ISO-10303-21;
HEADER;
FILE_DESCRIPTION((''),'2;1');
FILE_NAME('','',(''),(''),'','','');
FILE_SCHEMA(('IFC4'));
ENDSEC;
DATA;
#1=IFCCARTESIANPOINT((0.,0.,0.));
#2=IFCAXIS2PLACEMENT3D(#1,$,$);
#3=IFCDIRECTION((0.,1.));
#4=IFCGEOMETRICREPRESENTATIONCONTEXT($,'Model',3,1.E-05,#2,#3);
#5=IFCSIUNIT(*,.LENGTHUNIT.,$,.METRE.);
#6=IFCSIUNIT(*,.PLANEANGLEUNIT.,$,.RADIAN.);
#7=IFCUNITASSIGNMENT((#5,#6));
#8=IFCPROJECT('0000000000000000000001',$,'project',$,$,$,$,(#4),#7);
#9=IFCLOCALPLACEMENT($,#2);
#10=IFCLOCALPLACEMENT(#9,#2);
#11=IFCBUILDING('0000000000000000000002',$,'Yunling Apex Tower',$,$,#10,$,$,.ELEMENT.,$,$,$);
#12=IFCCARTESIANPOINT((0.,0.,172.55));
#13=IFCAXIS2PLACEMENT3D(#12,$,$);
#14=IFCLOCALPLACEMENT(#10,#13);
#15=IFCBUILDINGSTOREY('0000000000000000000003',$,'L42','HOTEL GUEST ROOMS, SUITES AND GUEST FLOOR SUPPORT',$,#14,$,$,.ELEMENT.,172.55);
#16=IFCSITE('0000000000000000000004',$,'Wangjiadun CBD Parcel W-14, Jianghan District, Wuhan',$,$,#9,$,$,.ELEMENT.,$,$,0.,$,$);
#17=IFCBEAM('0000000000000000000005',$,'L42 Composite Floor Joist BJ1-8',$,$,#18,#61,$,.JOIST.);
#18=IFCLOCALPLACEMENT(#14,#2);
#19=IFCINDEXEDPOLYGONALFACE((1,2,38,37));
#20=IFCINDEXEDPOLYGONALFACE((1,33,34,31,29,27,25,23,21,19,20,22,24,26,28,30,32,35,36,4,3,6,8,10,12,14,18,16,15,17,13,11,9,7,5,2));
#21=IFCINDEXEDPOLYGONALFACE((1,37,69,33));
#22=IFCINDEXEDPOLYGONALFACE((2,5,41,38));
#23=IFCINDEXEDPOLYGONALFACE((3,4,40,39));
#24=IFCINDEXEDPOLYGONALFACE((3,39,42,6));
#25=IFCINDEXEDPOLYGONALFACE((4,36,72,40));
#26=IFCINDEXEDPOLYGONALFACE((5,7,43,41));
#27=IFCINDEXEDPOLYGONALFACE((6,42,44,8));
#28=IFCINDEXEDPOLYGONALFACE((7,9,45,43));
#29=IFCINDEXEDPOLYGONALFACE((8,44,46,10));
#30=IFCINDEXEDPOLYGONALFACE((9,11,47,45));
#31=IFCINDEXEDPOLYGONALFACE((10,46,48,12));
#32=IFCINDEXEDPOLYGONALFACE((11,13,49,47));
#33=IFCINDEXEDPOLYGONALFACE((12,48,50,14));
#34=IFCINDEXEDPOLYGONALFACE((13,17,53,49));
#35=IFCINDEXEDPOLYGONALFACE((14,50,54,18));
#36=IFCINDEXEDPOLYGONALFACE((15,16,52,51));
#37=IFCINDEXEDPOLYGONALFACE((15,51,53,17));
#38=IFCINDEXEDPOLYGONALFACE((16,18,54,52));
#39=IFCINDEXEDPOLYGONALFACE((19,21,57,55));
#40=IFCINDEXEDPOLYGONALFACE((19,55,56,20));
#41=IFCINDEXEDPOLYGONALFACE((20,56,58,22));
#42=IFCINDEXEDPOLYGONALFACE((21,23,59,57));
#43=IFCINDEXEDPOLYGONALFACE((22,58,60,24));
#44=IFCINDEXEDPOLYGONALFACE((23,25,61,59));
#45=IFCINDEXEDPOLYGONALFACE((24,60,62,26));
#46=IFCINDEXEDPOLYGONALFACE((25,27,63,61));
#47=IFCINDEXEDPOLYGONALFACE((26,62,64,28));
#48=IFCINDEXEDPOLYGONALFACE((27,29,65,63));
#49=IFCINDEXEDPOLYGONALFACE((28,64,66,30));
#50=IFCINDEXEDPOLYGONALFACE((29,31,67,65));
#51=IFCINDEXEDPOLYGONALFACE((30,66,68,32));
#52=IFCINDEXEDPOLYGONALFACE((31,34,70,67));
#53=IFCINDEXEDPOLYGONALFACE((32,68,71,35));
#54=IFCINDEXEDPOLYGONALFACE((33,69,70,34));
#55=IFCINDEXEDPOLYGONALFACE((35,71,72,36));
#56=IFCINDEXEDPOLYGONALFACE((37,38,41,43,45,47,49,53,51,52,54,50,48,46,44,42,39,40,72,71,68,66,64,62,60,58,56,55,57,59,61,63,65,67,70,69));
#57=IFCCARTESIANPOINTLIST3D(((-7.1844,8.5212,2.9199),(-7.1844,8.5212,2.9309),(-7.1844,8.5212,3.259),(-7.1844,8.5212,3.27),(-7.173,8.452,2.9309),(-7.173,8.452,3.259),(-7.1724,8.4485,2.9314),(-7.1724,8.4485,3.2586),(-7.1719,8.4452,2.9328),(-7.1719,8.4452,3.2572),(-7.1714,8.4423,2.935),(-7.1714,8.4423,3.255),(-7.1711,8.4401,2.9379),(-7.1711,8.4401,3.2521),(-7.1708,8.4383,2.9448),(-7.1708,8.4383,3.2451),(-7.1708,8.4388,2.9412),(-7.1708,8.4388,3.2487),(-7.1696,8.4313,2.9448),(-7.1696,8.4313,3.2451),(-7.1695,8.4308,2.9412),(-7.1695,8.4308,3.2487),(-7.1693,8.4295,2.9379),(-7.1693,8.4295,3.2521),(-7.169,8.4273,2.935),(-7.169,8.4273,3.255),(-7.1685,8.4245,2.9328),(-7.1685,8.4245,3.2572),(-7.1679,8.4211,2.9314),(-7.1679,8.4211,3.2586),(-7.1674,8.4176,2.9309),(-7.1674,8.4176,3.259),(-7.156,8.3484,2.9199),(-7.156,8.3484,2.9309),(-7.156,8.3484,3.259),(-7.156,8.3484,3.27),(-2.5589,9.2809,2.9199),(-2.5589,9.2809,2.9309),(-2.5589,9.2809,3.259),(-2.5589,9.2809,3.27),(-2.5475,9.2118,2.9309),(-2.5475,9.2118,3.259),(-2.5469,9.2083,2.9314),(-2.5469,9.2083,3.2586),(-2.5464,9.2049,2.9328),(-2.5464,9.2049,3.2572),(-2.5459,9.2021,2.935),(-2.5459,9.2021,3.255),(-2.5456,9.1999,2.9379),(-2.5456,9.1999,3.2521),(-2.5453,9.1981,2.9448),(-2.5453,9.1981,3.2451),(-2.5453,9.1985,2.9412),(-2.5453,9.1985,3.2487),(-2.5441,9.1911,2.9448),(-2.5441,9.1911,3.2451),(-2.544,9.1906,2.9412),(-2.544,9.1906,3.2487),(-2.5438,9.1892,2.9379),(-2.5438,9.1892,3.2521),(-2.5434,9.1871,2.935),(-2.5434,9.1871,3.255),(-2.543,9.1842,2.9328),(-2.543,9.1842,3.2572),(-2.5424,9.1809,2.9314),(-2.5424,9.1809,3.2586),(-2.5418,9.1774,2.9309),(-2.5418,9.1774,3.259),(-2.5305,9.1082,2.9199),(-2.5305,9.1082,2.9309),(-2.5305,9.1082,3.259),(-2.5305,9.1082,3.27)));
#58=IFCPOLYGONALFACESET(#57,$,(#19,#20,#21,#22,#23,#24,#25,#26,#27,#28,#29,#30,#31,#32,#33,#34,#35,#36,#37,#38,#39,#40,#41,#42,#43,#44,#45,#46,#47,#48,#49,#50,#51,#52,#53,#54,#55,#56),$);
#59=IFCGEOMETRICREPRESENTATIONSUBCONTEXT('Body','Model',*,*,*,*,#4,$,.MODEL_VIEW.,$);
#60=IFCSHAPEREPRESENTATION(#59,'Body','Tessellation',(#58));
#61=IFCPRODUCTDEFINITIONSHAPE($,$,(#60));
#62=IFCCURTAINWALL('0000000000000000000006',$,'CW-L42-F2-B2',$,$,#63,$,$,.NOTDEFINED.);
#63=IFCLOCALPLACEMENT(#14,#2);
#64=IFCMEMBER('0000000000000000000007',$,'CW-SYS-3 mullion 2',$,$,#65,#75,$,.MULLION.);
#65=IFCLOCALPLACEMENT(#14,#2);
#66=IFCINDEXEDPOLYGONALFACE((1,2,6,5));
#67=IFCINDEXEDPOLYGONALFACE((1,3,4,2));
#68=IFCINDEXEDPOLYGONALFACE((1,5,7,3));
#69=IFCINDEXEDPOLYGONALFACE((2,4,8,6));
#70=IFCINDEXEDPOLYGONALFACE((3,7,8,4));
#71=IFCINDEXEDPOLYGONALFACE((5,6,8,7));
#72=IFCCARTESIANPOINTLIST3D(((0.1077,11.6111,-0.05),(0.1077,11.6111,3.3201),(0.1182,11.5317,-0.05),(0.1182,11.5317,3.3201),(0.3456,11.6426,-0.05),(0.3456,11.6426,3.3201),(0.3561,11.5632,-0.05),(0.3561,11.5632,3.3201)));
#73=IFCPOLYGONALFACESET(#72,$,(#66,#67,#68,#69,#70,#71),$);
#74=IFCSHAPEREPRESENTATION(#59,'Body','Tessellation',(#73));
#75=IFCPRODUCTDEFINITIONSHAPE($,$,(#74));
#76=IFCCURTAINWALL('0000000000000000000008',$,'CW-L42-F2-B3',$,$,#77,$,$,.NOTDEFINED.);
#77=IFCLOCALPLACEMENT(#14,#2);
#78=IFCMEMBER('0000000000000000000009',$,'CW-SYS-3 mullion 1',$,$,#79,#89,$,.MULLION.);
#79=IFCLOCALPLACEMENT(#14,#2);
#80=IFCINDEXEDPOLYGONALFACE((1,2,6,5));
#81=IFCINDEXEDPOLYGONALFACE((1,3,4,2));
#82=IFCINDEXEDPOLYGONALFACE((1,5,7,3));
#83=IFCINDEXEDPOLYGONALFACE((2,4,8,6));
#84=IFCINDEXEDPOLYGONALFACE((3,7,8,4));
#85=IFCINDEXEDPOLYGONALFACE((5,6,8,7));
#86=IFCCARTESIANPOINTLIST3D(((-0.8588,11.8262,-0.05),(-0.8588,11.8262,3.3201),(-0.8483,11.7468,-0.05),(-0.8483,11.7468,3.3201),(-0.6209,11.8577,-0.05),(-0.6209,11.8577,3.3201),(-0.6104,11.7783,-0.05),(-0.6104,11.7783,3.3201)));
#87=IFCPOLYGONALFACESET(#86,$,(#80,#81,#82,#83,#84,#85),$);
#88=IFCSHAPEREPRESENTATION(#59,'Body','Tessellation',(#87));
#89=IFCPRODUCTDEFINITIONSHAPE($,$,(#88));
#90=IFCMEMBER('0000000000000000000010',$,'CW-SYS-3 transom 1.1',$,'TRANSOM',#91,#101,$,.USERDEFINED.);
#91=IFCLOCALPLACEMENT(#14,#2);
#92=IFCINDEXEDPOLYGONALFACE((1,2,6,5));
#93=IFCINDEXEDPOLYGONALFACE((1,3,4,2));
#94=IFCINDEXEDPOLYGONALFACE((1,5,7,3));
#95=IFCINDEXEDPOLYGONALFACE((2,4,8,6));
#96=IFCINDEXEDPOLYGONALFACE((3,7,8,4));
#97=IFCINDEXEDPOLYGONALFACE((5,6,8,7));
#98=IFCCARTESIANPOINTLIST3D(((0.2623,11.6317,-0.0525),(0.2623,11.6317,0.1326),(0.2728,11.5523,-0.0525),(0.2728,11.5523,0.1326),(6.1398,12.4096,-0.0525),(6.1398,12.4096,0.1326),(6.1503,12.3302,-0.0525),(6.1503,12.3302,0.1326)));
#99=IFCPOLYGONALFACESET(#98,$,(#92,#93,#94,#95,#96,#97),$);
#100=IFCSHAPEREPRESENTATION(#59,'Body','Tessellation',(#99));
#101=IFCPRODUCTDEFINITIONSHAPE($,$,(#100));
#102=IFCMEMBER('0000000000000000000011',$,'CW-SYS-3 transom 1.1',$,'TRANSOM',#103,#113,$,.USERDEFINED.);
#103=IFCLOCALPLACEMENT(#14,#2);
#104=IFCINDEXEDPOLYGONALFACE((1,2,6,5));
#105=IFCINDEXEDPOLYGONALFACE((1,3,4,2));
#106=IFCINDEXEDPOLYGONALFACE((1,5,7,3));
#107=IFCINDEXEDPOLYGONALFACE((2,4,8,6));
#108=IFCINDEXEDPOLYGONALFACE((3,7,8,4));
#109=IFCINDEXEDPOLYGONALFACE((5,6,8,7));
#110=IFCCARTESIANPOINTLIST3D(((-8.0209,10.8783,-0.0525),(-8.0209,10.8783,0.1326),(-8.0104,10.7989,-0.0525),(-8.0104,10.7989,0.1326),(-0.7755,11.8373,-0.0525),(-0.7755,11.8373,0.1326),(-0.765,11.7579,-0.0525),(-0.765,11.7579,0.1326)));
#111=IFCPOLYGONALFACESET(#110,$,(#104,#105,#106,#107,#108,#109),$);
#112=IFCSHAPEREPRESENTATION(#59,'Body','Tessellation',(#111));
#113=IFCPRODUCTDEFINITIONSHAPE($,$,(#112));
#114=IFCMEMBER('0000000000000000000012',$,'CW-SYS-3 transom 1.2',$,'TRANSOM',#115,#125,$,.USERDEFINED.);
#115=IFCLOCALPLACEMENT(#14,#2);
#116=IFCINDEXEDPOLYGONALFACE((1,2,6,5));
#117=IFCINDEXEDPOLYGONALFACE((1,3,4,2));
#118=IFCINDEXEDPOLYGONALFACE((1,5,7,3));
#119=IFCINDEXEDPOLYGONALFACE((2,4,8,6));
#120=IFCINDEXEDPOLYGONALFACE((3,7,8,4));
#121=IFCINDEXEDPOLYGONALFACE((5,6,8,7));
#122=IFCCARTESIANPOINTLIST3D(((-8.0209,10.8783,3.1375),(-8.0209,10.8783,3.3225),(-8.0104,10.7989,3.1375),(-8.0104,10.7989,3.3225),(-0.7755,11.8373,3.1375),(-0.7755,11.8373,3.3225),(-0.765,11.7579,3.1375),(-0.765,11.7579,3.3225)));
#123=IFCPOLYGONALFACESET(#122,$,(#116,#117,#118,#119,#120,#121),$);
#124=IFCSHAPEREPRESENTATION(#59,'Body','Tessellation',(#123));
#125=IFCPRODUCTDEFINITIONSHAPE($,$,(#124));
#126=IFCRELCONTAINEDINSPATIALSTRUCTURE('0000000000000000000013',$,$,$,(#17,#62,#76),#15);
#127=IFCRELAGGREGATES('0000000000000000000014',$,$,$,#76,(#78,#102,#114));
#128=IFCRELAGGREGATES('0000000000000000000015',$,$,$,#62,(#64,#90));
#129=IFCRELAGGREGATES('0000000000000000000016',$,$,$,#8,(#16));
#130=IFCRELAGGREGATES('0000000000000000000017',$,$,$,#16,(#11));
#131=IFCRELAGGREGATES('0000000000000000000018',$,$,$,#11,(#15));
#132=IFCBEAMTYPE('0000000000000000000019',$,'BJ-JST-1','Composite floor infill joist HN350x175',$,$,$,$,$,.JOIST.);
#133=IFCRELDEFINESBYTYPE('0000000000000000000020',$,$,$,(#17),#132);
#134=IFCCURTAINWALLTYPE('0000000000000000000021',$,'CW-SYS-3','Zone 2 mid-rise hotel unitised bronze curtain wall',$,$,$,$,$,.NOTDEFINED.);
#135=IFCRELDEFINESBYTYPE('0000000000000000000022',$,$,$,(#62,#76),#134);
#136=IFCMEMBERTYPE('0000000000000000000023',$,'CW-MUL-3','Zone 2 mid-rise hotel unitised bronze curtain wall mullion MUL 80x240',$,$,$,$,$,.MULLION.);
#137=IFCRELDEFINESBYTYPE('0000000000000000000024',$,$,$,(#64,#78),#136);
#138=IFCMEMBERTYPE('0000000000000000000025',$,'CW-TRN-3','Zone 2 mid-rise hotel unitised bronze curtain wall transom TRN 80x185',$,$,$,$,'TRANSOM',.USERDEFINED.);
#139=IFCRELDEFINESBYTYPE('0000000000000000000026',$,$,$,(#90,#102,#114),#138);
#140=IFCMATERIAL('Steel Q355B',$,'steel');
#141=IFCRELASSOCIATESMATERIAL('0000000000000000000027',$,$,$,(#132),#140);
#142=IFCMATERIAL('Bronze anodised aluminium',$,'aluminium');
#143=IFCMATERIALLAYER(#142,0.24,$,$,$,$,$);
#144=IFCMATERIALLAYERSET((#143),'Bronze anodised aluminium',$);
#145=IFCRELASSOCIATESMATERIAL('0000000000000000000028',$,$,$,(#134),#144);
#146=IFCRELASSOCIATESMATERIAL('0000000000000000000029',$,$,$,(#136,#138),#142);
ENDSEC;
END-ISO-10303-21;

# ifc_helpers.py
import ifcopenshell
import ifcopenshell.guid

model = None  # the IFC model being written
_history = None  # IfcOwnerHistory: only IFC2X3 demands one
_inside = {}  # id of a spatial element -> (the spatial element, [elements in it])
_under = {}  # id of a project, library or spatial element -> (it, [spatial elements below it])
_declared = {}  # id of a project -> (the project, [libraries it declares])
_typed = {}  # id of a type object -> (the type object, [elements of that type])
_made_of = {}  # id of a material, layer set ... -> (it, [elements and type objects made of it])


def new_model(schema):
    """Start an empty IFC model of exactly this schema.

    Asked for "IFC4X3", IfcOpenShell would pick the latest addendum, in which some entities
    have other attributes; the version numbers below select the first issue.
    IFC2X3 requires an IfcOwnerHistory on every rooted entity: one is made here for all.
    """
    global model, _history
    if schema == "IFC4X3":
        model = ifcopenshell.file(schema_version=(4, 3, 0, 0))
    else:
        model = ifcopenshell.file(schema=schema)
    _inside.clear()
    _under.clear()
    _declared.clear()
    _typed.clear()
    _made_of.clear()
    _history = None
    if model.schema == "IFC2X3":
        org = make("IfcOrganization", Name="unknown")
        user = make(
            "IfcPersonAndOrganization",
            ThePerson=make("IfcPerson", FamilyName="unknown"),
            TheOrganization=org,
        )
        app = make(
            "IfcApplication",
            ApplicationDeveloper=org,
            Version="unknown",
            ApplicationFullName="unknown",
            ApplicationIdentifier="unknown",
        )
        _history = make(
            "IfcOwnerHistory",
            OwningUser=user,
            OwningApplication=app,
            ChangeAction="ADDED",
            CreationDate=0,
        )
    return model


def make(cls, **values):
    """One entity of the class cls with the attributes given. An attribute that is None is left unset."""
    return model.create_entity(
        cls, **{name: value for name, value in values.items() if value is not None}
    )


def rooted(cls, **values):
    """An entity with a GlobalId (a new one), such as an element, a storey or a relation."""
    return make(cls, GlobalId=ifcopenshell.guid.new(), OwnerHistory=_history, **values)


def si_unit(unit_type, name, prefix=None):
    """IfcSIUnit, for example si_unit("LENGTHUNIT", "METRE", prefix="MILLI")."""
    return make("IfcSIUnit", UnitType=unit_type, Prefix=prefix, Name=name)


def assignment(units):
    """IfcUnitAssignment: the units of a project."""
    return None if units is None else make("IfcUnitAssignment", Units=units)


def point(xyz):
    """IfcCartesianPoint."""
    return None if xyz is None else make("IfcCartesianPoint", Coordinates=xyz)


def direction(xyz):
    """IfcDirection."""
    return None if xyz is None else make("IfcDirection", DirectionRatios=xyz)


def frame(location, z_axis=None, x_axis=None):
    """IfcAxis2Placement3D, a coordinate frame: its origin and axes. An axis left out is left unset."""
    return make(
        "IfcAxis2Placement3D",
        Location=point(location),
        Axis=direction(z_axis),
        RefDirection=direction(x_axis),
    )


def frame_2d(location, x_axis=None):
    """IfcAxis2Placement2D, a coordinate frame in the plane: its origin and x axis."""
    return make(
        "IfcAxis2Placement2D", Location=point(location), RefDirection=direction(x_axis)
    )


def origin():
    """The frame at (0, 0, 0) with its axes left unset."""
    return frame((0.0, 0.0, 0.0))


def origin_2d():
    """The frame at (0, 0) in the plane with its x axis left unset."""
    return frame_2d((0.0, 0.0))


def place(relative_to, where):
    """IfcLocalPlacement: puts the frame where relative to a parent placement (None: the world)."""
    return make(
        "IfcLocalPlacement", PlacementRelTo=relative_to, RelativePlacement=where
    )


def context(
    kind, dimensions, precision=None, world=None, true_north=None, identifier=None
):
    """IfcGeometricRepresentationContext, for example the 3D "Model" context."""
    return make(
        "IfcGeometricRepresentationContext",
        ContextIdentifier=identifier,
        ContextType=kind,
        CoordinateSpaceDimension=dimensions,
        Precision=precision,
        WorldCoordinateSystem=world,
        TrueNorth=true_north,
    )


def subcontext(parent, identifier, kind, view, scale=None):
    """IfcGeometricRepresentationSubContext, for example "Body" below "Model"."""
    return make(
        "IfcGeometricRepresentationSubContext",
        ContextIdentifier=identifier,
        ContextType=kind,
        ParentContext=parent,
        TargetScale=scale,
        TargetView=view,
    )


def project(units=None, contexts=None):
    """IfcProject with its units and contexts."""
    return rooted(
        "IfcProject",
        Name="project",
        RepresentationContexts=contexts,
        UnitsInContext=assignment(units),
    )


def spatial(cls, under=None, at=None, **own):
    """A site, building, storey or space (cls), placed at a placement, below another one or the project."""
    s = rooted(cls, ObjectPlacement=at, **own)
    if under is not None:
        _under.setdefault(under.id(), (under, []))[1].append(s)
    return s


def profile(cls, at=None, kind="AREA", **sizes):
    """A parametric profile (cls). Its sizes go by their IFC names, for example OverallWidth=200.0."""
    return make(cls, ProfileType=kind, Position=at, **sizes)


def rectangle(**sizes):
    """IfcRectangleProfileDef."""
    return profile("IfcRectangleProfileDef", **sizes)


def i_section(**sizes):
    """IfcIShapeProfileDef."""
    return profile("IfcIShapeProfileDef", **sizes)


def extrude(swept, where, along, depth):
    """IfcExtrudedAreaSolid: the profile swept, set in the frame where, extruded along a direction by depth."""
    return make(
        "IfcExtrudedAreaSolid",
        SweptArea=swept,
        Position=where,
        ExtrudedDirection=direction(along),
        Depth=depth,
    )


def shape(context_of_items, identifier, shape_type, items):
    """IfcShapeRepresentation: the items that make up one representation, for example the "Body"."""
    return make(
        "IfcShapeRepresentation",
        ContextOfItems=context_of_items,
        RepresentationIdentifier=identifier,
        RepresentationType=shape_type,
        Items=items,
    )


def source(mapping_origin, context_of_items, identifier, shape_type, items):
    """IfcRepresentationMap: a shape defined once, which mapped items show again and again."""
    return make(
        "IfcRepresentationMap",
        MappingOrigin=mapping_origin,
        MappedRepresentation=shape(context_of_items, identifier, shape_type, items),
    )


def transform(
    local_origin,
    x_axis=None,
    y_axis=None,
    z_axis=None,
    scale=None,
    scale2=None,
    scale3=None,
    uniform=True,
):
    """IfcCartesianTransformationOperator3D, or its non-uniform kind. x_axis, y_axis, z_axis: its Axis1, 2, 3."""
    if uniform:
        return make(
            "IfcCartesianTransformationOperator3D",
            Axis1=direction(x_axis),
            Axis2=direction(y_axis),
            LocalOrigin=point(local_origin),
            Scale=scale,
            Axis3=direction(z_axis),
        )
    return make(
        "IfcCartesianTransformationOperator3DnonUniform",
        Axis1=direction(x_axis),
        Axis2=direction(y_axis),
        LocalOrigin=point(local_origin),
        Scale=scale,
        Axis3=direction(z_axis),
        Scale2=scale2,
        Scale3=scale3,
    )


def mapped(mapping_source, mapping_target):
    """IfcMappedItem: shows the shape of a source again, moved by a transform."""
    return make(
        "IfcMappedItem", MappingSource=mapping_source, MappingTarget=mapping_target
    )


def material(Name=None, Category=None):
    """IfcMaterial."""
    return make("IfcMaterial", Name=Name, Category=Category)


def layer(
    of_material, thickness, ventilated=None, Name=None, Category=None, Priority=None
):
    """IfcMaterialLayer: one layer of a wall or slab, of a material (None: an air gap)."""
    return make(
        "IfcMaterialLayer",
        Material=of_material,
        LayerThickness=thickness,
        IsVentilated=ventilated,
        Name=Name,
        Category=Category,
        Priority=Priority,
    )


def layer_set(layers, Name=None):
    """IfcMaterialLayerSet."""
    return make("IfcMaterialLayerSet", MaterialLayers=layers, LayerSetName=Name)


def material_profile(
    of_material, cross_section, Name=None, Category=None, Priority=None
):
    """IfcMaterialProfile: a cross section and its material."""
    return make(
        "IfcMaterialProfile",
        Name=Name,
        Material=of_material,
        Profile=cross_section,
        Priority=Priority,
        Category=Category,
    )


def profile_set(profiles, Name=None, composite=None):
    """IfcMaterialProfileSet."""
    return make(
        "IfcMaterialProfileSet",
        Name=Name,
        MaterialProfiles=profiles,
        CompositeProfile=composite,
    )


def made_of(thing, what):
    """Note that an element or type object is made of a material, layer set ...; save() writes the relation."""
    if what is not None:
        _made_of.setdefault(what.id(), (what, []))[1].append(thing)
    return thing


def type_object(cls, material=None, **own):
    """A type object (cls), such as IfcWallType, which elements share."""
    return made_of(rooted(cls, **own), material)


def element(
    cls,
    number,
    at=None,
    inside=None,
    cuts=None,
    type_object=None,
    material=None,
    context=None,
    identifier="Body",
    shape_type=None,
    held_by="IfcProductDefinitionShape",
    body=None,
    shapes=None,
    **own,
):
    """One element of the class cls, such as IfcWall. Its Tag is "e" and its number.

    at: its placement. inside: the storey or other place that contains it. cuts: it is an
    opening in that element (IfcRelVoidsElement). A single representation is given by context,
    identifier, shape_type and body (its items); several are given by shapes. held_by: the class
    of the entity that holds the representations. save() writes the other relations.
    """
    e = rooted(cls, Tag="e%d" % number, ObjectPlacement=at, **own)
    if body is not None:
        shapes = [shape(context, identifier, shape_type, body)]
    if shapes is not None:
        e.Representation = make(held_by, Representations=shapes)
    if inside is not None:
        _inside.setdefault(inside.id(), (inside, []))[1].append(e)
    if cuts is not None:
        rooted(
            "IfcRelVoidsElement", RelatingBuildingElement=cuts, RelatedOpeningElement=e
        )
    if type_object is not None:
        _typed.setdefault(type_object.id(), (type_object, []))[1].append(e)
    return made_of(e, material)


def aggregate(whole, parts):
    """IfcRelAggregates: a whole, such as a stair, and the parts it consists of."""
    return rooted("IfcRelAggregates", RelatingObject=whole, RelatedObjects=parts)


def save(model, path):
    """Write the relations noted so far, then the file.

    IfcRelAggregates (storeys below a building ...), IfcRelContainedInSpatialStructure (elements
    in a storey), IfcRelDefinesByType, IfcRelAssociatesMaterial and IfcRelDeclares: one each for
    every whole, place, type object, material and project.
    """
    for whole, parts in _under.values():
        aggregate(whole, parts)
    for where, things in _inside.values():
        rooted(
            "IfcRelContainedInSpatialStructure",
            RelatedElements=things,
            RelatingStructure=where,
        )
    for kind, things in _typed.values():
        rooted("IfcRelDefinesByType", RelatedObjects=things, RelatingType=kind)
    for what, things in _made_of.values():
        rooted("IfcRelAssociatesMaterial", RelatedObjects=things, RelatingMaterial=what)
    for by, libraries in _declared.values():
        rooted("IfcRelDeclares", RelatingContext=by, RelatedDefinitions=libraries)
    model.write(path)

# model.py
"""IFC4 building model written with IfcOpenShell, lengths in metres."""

from ifc_helpers import new_model, si_unit, direction, frame, origin, origin_2d, place, context, subcontext, project, spatial, rectangle, i_section, extrude, source, transform, mapped, material, layer, layer_set, material_profile, profile_set, type_object, element, aggregate, save


model = new_model("IFC4")

# Units and contexts
model_context = context("Model", 3, precision=1e-05, world=origin(), true_north=direction((0.0, 1.0)))
body_context = subcontext(model_context, "Body", "Model", "MODEL_VIEW")
ifc_project = project(units=[si_unit("LENGTHUNIT", "METRE"), si_unit("PLANEANGLEUNIT", "RADIAN")], contexts=[model_context])

# Site, building, storey
site_placement = place(None, origin())
site = spatial("IfcSite", under=ifc_project, at=site_placement, Name="Wangjiadun CBD Parcel W-14, Jianghan District, Wuhan", CompositionType="ELEMENT", RefElevation=0.0)
building_placement = place(site_placement, origin())
building = spatial("IfcBuilding", under=site, at=building_placement, Name="Yunling Apex Tower", CompositionType="ELEMENT")
storey_placement = place(building_placement, frame((0.0, 0.0, 172.55)))
storey = spatial("IfcBuildingStorey", under=building, at=storey_placement, Name="L42", Description="HOTEL GUEST ROOMS, SUITES AND GUEST FLOOR SUPPORT", CompositionType="ELEMENT", Elevation=172.55)

# Beam
ifc_material_1 = material(Name="Steel Q355B", Category="steel")
ifc_material_profile_1 = material_profile(ifc_material_1, i_section(OverallWidth=0.175, OverallDepth=0.3501, WebThickness=0.0071, FlangeThickness=0.011, FilletRadius=0.0139, at=origin_2d()))
ifc_profile_set_1 = profile_set([ifc_material_profile_1], Name="Steel Q355B")
beam_type_1 = type_object("IfcBeamType", Name="BJ-JST-1", Description="Composite floor infill joist HN350x175", PredefinedType="JOIST", material=ifc_profile_set_1)
shared_shape_1 = source(origin(), body_context, "Body", "SweptSolid", [
    extrude(i_section(OverallWidth=0.175, OverallDepth=0.3501, WebThickness=0.0071, FlangeThickness=0.011, FilletRadius=0.0139, at=origin_2d()), origin(), (0.0, 0.0, 1.0), 4.6875),
])
beam_1_placement = place(storey_placement, frame((-2.5447, 9.1946, 3.095), z_axis=(-0.986777, -0.162084, 0.0), x_axis=(0.162084, -0.986777, 0.0)))
element("IfcBeam", 1, at=beam_1_placement, inside=storey, type_object=beam_type_1, Name="L42 Composite Floor Joist BJ1-8", PredefinedType="JOIST", context=body_context, shape_type="MappedRepresentation", body=[
    mapped(shared_shape_1, transform((0.0, 0.0, 0.0), scale=1.0)),
])

# Curtain walls, members
ifc_material_2 = material(Name="Bronze anodised aluminium", Category="aluminium")
ifc_layer_1 = layer(ifc_material_2, 0.24)
ifc_layer_set_1 = layer_set([ifc_layer_1], Name="Bronze anodised aluminium")
curtain_wall_type = type_object("IfcCurtainWallType", Name="CW-SYS-3", Description="Zone 2 mid-rise hotel unitised bronze curtain wall", PredefinedType="NOTDEFINED", material=ifc_layer_set_1)
curtain_wall_1_placement = place(storey_placement, origin())
curtain_wall_1 = element("IfcCurtainWall", 2, at=curtain_wall_1_placement, inside=storey, type_object=curtain_wall_type, Name="CW-L42-F2-B2", PredefinedType="NOTDEFINED")
ifc_material_profile_2 = material_profile(ifc_material_2, rectangle(XDim=0.0801, YDim=0.24, at=origin_2d()))
ifc_profile_set_2 = profile_set([ifc_material_profile_2], Name="Bronze anodised aluminium")
member_type_1 = type_object("IfcMemberType", Name="CW-MUL-3", Description="Zone 2 mid-rise hotel unitised bronze curtain wall mullion MUL 80x240", PredefinedType="MULLION", material=ifc_profile_set_2)
shared_shape_2 = source(origin(), body_context, "Body", "SweptSolid", [
    extrude(rectangle(XDim=0.0801, YDim=0.24, at=origin_2d()), origin(), (0.0, 0.0, 1.0), 3.3701),
])
member_1_placement = place(storey_placement, frame((0.2319, 11.5872, -0.05), z_axis=(0.0, 0.0, 1.0), x_axis=(0.131205, -0.991355, 0.0)))
member_1 = element("IfcMember", 3, at=member_1_placement, type_object=member_type_1, Name="CW-SYS-3 mullion 2", PredefinedType="MULLION", context=body_context, shape_type="MappedRepresentation", body=[
    mapped(shared_shape_2, transform((0.0, 0.0, 0.0), scale=1.0)),
])
curtain_wall_2_placement = place(storey_placement, origin())
curtain_wall_2 = element("IfcCurtainWall", 4, at=curtain_wall_2_placement, inside=storey, type_object=curtain_wall_type, Name="CW-L42-F2-B3", PredefinedType="NOTDEFINED")
member_2_placement = place(storey_placement, frame((-0.7346, 11.8022, -0.05), z_axis=(0.0, 0.0, 1.0), x_axis=(0.131209, -0.991355, 0.0)))
member_2 = element("IfcMember", 5, at=member_2_placement, type_object=member_type_1, Name="CW-SYS-3 mullion 1", PredefinedType="MULLION", context=body_context, shape_type="MappedRepresentation", body=[
    mapped(shared_shape_2, transform((0.0, 0.0, 0.0), scale=1.0)),
])

# Members
ifc_material_profile_3 = material_profile(ifc_material_2, rectangle(XDim=0.0801, YDim=0.1851, at=origin_2d()))
ifc_profile_set_3 = profile_set([ifc_material_profile_3], Name="Bronze anodised aluminium")
member_type_2 = type_object("IfcMemberType", Name="CW-TRN-3", Description="Zone 2 mid-rise hotel unitised bronze curtain wall transom TRN 80x185", ElementType="TRANSOM", PredefinedType="USERDEFINED", material=ifc_profile_set_3)
shared_shape_3 = source(origin(), body_context, "Body", "SweptSolid", [
    extrude(rectangle(XDim=0.0801, YDim=0.1851, at=origin_2d()), origin(), (0.0, 0.0, 1.0), 5.9287),
])
member_3_placement = place(storey_placement, frame((6.145, 12.3699, 0.04), z_axis=(-0.991356, -0.131198, 0.0), x_axis=(0.131198, -0.991356, 0.0)))
member_3 = element("IfcMember", 6, at=member_3_placement, type_object=member_type_2, Name="CW-SYS-3 transom 1.1", ObjectType="TRANSOM", PredefinedType="USERDEFINED", context=body_context, shape_type="MappedRepresentation", body=[
    mapped(shared_shape_3, transform((0.0, 0.0, 0.0), scale=1.0)),
])
shared_shape_4 = source(origin(), body_context, "Body", "SweptSolid", [
    extrude(rectangle(XDim=0.0801, YDim=0.1851, at=origin_2d()), origin(), (0.0, 0.0, 1.0), 7.3086),
])
member_4_placement = place(storey_placement, frame((-0.7703, 11.7976, 0.04), z_axis=(-0.991354, -0.131214, 0.0), x_axis=(0.131214, -0.991354, 0.0)))
member_4 = element("IfcMember", 7, at=member_4_placement, type_object=member_type_2, Name="CW-SYS-3 transom 1.1", ObjectType="TRANSOM", PredefinedType="USERDEFINED", context=body_context, shape_type="MappedRepresentation", body=[
    mapped(shared_shape_4, transform((0.0, 0.0, 0.0), scale=1.0)),
])
member_5_placement = place(storey_placement, frame((-0.7703, 11.7976, 3.23), z_axis=(-0.991354, -0.131214, 0.0), x_axis=(0.131214, -0.991354, 0.0)))
member_5 = element("IfcMember", 8, at=member_5_placement, type_object=member_type_2, Name="CW-SYS-3 transom 1.2", ObjectType="TRANSOM", PredefinedType="USERDEFINED", context=body_context, shape_type="MappedRepresentation", body=[
    mapped(shared_shape_4, transform((0.0, 0.0, 0.0), scale=1.0)),
])
aggregate(curtain_wall_2, [member_2, member_4, member_5])

aggregate(curtain_wall_1, [member_1, member_3])

save(model, "model.ifc")
